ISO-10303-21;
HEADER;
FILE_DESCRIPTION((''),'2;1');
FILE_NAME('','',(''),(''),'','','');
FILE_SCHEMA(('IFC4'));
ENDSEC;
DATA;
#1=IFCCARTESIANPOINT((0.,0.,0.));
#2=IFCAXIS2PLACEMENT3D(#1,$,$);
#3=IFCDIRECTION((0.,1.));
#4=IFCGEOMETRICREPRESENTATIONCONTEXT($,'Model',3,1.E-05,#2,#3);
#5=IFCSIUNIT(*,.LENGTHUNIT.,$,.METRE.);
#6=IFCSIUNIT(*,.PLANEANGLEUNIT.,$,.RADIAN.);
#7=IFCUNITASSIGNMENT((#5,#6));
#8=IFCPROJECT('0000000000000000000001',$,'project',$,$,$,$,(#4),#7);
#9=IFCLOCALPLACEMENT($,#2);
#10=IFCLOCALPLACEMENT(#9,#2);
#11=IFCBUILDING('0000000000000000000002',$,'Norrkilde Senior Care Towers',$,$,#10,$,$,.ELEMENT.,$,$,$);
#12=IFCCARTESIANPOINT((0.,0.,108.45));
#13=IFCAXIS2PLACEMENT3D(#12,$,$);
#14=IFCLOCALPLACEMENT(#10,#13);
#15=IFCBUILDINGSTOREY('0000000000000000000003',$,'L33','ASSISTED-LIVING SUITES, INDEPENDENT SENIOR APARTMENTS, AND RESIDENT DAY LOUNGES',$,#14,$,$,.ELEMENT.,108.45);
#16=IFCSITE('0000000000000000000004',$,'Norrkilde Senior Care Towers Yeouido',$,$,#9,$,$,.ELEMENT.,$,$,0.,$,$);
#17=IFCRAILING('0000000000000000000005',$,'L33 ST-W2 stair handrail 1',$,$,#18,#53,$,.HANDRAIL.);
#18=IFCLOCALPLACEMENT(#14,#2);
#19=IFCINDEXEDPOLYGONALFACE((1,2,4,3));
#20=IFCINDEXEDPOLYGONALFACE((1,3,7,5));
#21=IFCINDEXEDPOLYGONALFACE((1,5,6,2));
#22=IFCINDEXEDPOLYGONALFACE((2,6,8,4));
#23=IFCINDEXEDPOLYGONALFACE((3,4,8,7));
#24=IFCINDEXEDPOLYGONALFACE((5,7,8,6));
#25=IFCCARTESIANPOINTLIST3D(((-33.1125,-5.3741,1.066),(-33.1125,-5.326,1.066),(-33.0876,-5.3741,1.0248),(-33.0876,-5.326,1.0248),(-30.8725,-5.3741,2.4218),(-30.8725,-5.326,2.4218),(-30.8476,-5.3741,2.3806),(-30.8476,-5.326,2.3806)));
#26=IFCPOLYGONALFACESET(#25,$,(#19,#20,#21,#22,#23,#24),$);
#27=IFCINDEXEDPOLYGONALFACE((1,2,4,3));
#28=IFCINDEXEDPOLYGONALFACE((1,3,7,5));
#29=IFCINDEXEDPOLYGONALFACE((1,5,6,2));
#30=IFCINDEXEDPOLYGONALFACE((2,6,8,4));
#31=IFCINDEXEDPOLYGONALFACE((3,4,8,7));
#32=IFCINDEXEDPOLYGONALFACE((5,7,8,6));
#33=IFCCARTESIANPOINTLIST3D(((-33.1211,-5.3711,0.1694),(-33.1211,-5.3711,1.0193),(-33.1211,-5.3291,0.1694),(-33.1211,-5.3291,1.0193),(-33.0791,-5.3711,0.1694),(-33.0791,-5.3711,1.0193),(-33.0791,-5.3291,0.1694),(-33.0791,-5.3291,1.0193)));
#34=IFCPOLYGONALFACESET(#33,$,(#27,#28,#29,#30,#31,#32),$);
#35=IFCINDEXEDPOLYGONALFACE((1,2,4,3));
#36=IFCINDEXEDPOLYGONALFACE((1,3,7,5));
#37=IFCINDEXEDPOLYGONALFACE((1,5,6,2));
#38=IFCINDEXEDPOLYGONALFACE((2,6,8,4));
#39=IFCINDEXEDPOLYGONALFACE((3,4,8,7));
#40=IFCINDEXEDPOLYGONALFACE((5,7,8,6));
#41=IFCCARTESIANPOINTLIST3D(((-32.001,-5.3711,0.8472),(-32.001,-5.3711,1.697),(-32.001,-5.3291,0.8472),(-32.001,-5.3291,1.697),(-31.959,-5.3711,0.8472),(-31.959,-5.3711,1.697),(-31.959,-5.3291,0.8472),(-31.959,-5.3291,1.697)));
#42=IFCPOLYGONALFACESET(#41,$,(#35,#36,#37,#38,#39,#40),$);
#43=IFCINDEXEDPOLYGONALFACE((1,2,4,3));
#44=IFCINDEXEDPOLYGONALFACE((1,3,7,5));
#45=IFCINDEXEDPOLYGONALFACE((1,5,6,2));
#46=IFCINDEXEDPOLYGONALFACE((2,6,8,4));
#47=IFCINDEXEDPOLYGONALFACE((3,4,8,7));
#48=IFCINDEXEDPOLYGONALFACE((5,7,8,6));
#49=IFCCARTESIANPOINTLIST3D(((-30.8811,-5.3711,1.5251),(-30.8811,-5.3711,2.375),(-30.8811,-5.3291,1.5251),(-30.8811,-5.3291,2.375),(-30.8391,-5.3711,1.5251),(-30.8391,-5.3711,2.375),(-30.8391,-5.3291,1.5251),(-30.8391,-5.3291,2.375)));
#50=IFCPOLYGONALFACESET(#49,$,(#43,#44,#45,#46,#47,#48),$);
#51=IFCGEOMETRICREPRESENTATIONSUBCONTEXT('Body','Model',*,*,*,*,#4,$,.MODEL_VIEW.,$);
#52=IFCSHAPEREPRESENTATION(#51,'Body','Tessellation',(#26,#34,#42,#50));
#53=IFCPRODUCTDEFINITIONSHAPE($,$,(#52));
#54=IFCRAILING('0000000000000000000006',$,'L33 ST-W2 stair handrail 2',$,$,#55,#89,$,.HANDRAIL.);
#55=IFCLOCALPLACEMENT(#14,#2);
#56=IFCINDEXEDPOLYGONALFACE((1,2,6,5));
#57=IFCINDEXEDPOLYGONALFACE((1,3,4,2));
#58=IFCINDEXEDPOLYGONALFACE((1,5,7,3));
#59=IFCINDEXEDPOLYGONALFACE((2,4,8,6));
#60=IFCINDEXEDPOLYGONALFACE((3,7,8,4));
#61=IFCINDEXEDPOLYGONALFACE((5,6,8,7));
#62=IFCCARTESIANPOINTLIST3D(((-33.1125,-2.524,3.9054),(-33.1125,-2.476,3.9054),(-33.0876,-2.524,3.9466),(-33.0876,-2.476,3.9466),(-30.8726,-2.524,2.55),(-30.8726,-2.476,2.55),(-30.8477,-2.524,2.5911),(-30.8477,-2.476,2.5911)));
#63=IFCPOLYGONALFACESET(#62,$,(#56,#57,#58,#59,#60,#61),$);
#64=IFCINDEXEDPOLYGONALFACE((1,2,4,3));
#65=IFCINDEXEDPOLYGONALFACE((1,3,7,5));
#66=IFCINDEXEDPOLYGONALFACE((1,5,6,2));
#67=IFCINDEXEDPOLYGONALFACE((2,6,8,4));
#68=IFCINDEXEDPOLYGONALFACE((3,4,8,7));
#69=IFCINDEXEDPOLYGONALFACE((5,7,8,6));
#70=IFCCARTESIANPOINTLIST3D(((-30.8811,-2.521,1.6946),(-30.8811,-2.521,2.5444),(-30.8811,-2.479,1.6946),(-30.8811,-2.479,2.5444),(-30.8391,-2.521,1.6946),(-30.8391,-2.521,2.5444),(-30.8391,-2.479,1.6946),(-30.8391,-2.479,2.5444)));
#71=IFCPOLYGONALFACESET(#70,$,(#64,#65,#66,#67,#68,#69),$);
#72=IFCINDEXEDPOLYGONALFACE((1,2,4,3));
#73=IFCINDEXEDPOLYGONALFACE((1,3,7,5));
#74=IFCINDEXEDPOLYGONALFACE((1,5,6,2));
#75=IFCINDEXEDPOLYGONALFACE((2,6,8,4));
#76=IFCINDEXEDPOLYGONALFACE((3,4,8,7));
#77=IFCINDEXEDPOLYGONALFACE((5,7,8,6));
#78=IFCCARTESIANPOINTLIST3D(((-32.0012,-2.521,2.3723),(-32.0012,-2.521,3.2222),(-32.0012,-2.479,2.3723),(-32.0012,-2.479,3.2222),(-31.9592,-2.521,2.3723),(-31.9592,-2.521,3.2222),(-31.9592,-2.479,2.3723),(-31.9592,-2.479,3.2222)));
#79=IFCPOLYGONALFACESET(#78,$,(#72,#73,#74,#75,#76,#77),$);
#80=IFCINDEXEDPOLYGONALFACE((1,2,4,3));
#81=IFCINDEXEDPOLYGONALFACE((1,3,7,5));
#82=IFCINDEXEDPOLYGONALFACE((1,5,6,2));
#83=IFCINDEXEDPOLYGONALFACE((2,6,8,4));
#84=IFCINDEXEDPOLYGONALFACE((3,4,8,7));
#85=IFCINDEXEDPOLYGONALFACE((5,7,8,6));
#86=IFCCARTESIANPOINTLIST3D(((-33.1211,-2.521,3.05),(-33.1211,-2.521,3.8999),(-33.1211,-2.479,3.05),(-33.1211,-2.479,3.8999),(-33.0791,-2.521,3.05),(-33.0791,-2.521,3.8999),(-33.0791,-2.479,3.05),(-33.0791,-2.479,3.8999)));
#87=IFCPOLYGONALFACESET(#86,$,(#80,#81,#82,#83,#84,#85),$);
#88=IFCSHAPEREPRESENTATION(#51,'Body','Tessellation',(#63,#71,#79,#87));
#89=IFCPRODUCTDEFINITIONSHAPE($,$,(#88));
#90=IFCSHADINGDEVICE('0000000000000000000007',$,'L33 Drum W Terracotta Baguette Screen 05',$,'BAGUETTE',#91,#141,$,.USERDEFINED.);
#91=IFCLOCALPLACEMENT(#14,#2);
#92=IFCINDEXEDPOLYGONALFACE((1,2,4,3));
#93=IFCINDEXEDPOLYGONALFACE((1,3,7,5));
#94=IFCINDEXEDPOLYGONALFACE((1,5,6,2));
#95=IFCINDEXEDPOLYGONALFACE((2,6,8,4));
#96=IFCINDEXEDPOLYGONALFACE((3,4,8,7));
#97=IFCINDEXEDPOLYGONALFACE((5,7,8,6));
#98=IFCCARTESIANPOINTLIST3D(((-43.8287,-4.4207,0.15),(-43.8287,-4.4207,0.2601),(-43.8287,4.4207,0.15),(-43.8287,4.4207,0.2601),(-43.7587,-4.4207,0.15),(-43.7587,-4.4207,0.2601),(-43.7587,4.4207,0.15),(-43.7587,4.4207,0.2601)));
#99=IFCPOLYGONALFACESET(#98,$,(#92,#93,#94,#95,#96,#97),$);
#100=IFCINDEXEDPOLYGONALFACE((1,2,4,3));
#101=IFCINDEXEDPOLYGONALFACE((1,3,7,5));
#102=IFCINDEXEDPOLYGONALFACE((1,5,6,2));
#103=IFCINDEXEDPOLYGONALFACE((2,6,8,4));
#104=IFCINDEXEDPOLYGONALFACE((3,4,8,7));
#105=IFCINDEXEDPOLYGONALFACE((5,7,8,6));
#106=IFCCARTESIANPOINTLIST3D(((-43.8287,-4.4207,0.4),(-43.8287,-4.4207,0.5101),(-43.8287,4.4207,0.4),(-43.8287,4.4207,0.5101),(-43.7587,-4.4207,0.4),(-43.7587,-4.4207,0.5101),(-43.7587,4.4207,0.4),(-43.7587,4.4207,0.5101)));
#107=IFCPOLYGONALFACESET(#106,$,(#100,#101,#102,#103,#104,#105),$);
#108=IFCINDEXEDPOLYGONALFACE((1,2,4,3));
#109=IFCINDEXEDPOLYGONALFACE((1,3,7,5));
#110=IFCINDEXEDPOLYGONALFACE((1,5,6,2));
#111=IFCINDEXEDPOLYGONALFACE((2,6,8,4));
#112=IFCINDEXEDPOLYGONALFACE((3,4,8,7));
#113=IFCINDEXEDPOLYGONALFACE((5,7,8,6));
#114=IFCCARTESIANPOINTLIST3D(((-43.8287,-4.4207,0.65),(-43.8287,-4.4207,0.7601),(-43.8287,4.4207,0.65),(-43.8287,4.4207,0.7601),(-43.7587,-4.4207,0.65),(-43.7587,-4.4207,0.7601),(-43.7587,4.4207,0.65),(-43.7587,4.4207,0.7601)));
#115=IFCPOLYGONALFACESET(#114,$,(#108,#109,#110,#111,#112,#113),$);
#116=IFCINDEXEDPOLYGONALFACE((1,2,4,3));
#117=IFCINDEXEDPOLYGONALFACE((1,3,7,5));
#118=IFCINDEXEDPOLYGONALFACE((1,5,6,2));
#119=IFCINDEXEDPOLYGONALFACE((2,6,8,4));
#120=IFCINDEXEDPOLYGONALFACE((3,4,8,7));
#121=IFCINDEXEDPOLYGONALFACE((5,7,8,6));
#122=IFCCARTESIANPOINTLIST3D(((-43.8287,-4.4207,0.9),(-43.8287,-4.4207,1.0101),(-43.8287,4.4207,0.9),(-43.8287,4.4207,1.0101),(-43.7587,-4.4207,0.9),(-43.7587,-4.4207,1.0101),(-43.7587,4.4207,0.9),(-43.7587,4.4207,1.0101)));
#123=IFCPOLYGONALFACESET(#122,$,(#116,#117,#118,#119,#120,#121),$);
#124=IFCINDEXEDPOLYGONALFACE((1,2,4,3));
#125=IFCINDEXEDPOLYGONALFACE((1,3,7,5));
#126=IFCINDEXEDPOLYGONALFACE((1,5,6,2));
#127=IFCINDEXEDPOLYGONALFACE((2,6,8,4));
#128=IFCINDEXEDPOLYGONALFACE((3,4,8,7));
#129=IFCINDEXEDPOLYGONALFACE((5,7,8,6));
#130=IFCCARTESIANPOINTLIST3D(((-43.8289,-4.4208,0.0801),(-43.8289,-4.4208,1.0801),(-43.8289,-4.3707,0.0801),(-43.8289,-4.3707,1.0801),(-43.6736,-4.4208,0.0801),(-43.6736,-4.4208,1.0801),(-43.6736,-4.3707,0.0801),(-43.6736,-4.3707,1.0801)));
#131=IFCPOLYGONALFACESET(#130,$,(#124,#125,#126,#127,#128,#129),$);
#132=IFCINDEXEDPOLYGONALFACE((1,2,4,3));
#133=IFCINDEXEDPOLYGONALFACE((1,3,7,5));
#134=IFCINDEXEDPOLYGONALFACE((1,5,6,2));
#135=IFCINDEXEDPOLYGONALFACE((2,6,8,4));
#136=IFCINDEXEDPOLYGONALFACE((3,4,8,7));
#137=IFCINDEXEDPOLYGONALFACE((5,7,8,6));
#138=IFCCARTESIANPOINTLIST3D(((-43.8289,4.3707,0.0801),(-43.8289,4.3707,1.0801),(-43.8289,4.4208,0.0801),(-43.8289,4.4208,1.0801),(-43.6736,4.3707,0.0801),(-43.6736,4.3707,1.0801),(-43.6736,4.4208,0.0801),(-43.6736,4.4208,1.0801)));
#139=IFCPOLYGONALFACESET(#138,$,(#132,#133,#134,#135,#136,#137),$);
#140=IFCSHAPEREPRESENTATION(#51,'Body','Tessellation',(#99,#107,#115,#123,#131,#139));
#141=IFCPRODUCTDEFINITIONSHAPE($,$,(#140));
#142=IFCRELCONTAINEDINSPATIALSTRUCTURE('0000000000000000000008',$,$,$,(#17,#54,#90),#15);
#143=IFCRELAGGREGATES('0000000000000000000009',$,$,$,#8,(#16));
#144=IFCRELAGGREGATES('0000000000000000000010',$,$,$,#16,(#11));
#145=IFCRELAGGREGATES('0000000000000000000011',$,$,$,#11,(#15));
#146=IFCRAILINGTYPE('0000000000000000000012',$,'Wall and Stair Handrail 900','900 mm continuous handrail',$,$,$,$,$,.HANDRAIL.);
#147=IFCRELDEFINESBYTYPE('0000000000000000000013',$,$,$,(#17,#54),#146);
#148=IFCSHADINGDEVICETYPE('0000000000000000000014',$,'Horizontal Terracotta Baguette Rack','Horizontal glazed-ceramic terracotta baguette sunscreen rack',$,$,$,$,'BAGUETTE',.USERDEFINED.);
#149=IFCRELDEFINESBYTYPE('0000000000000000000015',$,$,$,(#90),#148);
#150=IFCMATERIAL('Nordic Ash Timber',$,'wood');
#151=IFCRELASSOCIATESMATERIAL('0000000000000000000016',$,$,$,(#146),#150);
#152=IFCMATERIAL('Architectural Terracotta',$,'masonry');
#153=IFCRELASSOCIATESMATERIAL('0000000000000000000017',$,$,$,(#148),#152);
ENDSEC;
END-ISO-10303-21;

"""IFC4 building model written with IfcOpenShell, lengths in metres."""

from ifc_helpers import new_model, si_unit, direction, frame, origin, origin_2d, place, context, subcontext, project, spatial, rectangle, extrude, source, transform, mapped, material, type_object, type_shapes, element, save


model = new_model("IFC4")

# Units and contexts
model_context = context("Model", 3, precision=1e-05, world=origin(), true_north=direction((0.0, 1.0)))
body_context = subcontext(model_context, "Body", "Model", "MODEL_VIEW")
ifc_project = project(units=[si_unit("LENGTHUNIT", "METRE"), si_unit("PLANEANGLEUNIT", "RADIAN")], contexts=[model_context])

# Site, building, storey
site_placement = place(None, origin())
site = spatial("IfcSite", under=ifc_project, at=site_placement, Name="Norrkilde Senior Care Towers Yeouido", CompositionType="ELEMENT", RefElevation=0.0)
building_placement = place(site_placement, origin())
building = spatial("IfcBuilding", under=site, at=building_placement, Name="Norrkilde Senior Care Towers", CompositionType="ELEMENT")
storey_placement = place(building_placement, frame((0.0, 0.0, 108.45)))
storey = spatial("IfcBuildingStorey", under=building, at=storey_placement, Name="L33", Description="ASSISTED-LIVING SUITES, INDEPENDENT SENIOR APARTMENTS, AND RESIDENT DAY LOUNGES", CompositionType="ELEMENT", Elevation=108.45)

# Railings
ifc_material_1 = material(Name="Nordic Ash Timber", Category="wood")
railing_type_1 = type_object("IfcRailingType", Name="Wall and Stair Handrail 900", Description="900 mm continuous handrail", PredefinedType="HANDRAIL", material=ifc_material_1)
railing_1_placement = place(storey_placement, frame((-33.1001, -5.3501, 0.1694)))
element("IfcRailing", 1, at=railing_1_placement, inside=storey, type_object=railing_type_1, Name="L33 ST-W2 stair handrail 1", PredefinedType="HANDRAIL", context=body_context, shape_type="SweptSolid", body=[
    extrude(rectangle(XDim=0.0481, YDim=0.0481, at=origin_2d()), frame((0.0, 0.0, 0.876), z_axis=(0.855512, 0.0, 0.517783), x_axis=(0.0, 1.0, 0.0)), (0.0, 0.0, 1.0), 2.6184),
    extrude(rectangle(XDim=0.042, YDim=0.042, at=origin_2d()), origin(), (0.0, 0.0, 1.0), 0.8499),
    extrude(rectangle(XDim=0.042, YDim=0.042, at=origin_2d()), frame((1.1201, 0.0, 0.6777)), (0.0, 0.0, 1.0), 0.8499),
    extrude(rectangle(XDim=0.042, YDim=0.042, at=origin_2d()), frame((2.24, 0.0, 1.3557)), (0.0, 0.0, 1.0), 0.8499),
])
railing_2_placement = place(storey_placement, frame((-30.8601, -2.5, 1.6946)))
element("IfcRailing", 2, at=railing_2_placement, inside=storey, type_object=railing_type_1, Name="L33 ST-W2 stair handrail 2", PredefinedType="HANDRAIL", context=body_context, shape_type="SweptSolid", body=[
    extrude(rectangle(XDim=0.0481, YDim=0.0481, at=origin_2d()), frame((0.0, 0.0, 0.876), z_axis=(-0.855553, 0.0, 0.517715), x_axis=(0.0, -1.0, 0.0)), (0.0, 0.0, 1.0), 2.6182),
    extrude(rectangle(XDim=0.042, YDim=0.042, at=origin_2d()), origin(), (0.0, 0.0, 1.0), 0.8499),
    extrude(rectangle(XDim=0.042, YDim=0.042, at=origin_2d()), frame((-1.1201, 0.0, 0.6777)), (0.0, 0.0, 1.0), 0.8499),
    extrude(rectangle(XDim=0.042, YDim=0.042, at=origin_2d()), frame((-2.24, 0.0, 1.3555)), (0.0, 0.0, 1.0), 0.8499),
])

# Shading device
ifc_material_2 = material(Name="Architectural Terracotta", Category="masonry")
shading_device_type = type_object("IfcShadingDeviceType", Name="Horizontal Terracotta Baguette Rack", Description="Horizontal glazed-ceramic terracotta baguette sunscreen rack", ElementType="BAGUETTE", PredefinedType="USERDEFINED", material=ifc_material_2)
shared_shape_1 = source(origin(), body_context, "Body", "SweptSolid", [
    extrude(rectangle(XDim=0.0701, YDim=0.1101, at=origin_2d()), frame((0.0, 0.0901, 0.125), z_axis=(1.0, 0.0, 0.0), x_axis=(0.0, 1.0, 0.0)), (0.0, 0.0, 1.0), 8.8413),
    extrude(rectangle(XDim=0.0701, YDim=0.1101, at=origin_2d()), frame((0.0, 0.0901, 0.375), z_axis=(1.0, 0.0, 0.0), x_axis=(0.0, 1.0, 0.0)), (0.0, 0.0, 1.0), 8.8413),
    extrude(rectangle(XDim=0.0701, YDim=0.1101, at=origin_2d()), frame((0.0, 0.0901, 0.625), z_axis=(1.0, 0.0, 0.0), x_axis=(0.0, 1.0, 0.0)), (0.0, 0.0, 1.0), 8.8413),
    extrude(rectangle(XDim=0.0701, YDim=0.1101, at=origin_2d()), frame((0.0, 0.0901, 0.875), z_axis=(1.0, 0.0, 0.0), x_axis=(0.0, 1.0, 0.0)), (0.0, 0.0, 1.0), 8.8413),
    extrude(rectangle(XDim=0.05, YDim=0.1553, at=origin_2d()), frame((0.0249, 0.0476, 0.0)), (0.0, 0.0, 1.0), 1.0),
    extrude(rectangle(XDim=0.05, YDim=0.1553, at=origin_2d()), frame((8.8164, 0.0476, 0.0)), (0.0, 0.0, 1.0), 1.0),
])
type_shapes(shading_device_type, [shared_shape_1])
shading_device_placement = place(storey_placement, frame((-43.7036, -4.4207, 0.0801), z_axis=(0.0, 0.0, 1.0), x_axis=(0.0, 1.0, 0.0)))
element("IfcShadingDevice", 3, at=shading_device_placement, inside=storey, type_object=shading_device_type, Name="L33 Drum W Terracotta Baguette Screen 05", ObjectType="BAGUETTE", PredefinedType="USERDEFINED", context=body_context, shape_type="MappedRepresentation", body=[
    mapped(shared_shape_1, transform((0.0, 0.0, 0.0), x_axis=(1.0, 0.0, 0.0), y_axis=(0.0, 1.0, 0.0), z_axis=(0.0, 0.0, 1.0), scale=1.0)),
])

save(model, "model.ifc")
